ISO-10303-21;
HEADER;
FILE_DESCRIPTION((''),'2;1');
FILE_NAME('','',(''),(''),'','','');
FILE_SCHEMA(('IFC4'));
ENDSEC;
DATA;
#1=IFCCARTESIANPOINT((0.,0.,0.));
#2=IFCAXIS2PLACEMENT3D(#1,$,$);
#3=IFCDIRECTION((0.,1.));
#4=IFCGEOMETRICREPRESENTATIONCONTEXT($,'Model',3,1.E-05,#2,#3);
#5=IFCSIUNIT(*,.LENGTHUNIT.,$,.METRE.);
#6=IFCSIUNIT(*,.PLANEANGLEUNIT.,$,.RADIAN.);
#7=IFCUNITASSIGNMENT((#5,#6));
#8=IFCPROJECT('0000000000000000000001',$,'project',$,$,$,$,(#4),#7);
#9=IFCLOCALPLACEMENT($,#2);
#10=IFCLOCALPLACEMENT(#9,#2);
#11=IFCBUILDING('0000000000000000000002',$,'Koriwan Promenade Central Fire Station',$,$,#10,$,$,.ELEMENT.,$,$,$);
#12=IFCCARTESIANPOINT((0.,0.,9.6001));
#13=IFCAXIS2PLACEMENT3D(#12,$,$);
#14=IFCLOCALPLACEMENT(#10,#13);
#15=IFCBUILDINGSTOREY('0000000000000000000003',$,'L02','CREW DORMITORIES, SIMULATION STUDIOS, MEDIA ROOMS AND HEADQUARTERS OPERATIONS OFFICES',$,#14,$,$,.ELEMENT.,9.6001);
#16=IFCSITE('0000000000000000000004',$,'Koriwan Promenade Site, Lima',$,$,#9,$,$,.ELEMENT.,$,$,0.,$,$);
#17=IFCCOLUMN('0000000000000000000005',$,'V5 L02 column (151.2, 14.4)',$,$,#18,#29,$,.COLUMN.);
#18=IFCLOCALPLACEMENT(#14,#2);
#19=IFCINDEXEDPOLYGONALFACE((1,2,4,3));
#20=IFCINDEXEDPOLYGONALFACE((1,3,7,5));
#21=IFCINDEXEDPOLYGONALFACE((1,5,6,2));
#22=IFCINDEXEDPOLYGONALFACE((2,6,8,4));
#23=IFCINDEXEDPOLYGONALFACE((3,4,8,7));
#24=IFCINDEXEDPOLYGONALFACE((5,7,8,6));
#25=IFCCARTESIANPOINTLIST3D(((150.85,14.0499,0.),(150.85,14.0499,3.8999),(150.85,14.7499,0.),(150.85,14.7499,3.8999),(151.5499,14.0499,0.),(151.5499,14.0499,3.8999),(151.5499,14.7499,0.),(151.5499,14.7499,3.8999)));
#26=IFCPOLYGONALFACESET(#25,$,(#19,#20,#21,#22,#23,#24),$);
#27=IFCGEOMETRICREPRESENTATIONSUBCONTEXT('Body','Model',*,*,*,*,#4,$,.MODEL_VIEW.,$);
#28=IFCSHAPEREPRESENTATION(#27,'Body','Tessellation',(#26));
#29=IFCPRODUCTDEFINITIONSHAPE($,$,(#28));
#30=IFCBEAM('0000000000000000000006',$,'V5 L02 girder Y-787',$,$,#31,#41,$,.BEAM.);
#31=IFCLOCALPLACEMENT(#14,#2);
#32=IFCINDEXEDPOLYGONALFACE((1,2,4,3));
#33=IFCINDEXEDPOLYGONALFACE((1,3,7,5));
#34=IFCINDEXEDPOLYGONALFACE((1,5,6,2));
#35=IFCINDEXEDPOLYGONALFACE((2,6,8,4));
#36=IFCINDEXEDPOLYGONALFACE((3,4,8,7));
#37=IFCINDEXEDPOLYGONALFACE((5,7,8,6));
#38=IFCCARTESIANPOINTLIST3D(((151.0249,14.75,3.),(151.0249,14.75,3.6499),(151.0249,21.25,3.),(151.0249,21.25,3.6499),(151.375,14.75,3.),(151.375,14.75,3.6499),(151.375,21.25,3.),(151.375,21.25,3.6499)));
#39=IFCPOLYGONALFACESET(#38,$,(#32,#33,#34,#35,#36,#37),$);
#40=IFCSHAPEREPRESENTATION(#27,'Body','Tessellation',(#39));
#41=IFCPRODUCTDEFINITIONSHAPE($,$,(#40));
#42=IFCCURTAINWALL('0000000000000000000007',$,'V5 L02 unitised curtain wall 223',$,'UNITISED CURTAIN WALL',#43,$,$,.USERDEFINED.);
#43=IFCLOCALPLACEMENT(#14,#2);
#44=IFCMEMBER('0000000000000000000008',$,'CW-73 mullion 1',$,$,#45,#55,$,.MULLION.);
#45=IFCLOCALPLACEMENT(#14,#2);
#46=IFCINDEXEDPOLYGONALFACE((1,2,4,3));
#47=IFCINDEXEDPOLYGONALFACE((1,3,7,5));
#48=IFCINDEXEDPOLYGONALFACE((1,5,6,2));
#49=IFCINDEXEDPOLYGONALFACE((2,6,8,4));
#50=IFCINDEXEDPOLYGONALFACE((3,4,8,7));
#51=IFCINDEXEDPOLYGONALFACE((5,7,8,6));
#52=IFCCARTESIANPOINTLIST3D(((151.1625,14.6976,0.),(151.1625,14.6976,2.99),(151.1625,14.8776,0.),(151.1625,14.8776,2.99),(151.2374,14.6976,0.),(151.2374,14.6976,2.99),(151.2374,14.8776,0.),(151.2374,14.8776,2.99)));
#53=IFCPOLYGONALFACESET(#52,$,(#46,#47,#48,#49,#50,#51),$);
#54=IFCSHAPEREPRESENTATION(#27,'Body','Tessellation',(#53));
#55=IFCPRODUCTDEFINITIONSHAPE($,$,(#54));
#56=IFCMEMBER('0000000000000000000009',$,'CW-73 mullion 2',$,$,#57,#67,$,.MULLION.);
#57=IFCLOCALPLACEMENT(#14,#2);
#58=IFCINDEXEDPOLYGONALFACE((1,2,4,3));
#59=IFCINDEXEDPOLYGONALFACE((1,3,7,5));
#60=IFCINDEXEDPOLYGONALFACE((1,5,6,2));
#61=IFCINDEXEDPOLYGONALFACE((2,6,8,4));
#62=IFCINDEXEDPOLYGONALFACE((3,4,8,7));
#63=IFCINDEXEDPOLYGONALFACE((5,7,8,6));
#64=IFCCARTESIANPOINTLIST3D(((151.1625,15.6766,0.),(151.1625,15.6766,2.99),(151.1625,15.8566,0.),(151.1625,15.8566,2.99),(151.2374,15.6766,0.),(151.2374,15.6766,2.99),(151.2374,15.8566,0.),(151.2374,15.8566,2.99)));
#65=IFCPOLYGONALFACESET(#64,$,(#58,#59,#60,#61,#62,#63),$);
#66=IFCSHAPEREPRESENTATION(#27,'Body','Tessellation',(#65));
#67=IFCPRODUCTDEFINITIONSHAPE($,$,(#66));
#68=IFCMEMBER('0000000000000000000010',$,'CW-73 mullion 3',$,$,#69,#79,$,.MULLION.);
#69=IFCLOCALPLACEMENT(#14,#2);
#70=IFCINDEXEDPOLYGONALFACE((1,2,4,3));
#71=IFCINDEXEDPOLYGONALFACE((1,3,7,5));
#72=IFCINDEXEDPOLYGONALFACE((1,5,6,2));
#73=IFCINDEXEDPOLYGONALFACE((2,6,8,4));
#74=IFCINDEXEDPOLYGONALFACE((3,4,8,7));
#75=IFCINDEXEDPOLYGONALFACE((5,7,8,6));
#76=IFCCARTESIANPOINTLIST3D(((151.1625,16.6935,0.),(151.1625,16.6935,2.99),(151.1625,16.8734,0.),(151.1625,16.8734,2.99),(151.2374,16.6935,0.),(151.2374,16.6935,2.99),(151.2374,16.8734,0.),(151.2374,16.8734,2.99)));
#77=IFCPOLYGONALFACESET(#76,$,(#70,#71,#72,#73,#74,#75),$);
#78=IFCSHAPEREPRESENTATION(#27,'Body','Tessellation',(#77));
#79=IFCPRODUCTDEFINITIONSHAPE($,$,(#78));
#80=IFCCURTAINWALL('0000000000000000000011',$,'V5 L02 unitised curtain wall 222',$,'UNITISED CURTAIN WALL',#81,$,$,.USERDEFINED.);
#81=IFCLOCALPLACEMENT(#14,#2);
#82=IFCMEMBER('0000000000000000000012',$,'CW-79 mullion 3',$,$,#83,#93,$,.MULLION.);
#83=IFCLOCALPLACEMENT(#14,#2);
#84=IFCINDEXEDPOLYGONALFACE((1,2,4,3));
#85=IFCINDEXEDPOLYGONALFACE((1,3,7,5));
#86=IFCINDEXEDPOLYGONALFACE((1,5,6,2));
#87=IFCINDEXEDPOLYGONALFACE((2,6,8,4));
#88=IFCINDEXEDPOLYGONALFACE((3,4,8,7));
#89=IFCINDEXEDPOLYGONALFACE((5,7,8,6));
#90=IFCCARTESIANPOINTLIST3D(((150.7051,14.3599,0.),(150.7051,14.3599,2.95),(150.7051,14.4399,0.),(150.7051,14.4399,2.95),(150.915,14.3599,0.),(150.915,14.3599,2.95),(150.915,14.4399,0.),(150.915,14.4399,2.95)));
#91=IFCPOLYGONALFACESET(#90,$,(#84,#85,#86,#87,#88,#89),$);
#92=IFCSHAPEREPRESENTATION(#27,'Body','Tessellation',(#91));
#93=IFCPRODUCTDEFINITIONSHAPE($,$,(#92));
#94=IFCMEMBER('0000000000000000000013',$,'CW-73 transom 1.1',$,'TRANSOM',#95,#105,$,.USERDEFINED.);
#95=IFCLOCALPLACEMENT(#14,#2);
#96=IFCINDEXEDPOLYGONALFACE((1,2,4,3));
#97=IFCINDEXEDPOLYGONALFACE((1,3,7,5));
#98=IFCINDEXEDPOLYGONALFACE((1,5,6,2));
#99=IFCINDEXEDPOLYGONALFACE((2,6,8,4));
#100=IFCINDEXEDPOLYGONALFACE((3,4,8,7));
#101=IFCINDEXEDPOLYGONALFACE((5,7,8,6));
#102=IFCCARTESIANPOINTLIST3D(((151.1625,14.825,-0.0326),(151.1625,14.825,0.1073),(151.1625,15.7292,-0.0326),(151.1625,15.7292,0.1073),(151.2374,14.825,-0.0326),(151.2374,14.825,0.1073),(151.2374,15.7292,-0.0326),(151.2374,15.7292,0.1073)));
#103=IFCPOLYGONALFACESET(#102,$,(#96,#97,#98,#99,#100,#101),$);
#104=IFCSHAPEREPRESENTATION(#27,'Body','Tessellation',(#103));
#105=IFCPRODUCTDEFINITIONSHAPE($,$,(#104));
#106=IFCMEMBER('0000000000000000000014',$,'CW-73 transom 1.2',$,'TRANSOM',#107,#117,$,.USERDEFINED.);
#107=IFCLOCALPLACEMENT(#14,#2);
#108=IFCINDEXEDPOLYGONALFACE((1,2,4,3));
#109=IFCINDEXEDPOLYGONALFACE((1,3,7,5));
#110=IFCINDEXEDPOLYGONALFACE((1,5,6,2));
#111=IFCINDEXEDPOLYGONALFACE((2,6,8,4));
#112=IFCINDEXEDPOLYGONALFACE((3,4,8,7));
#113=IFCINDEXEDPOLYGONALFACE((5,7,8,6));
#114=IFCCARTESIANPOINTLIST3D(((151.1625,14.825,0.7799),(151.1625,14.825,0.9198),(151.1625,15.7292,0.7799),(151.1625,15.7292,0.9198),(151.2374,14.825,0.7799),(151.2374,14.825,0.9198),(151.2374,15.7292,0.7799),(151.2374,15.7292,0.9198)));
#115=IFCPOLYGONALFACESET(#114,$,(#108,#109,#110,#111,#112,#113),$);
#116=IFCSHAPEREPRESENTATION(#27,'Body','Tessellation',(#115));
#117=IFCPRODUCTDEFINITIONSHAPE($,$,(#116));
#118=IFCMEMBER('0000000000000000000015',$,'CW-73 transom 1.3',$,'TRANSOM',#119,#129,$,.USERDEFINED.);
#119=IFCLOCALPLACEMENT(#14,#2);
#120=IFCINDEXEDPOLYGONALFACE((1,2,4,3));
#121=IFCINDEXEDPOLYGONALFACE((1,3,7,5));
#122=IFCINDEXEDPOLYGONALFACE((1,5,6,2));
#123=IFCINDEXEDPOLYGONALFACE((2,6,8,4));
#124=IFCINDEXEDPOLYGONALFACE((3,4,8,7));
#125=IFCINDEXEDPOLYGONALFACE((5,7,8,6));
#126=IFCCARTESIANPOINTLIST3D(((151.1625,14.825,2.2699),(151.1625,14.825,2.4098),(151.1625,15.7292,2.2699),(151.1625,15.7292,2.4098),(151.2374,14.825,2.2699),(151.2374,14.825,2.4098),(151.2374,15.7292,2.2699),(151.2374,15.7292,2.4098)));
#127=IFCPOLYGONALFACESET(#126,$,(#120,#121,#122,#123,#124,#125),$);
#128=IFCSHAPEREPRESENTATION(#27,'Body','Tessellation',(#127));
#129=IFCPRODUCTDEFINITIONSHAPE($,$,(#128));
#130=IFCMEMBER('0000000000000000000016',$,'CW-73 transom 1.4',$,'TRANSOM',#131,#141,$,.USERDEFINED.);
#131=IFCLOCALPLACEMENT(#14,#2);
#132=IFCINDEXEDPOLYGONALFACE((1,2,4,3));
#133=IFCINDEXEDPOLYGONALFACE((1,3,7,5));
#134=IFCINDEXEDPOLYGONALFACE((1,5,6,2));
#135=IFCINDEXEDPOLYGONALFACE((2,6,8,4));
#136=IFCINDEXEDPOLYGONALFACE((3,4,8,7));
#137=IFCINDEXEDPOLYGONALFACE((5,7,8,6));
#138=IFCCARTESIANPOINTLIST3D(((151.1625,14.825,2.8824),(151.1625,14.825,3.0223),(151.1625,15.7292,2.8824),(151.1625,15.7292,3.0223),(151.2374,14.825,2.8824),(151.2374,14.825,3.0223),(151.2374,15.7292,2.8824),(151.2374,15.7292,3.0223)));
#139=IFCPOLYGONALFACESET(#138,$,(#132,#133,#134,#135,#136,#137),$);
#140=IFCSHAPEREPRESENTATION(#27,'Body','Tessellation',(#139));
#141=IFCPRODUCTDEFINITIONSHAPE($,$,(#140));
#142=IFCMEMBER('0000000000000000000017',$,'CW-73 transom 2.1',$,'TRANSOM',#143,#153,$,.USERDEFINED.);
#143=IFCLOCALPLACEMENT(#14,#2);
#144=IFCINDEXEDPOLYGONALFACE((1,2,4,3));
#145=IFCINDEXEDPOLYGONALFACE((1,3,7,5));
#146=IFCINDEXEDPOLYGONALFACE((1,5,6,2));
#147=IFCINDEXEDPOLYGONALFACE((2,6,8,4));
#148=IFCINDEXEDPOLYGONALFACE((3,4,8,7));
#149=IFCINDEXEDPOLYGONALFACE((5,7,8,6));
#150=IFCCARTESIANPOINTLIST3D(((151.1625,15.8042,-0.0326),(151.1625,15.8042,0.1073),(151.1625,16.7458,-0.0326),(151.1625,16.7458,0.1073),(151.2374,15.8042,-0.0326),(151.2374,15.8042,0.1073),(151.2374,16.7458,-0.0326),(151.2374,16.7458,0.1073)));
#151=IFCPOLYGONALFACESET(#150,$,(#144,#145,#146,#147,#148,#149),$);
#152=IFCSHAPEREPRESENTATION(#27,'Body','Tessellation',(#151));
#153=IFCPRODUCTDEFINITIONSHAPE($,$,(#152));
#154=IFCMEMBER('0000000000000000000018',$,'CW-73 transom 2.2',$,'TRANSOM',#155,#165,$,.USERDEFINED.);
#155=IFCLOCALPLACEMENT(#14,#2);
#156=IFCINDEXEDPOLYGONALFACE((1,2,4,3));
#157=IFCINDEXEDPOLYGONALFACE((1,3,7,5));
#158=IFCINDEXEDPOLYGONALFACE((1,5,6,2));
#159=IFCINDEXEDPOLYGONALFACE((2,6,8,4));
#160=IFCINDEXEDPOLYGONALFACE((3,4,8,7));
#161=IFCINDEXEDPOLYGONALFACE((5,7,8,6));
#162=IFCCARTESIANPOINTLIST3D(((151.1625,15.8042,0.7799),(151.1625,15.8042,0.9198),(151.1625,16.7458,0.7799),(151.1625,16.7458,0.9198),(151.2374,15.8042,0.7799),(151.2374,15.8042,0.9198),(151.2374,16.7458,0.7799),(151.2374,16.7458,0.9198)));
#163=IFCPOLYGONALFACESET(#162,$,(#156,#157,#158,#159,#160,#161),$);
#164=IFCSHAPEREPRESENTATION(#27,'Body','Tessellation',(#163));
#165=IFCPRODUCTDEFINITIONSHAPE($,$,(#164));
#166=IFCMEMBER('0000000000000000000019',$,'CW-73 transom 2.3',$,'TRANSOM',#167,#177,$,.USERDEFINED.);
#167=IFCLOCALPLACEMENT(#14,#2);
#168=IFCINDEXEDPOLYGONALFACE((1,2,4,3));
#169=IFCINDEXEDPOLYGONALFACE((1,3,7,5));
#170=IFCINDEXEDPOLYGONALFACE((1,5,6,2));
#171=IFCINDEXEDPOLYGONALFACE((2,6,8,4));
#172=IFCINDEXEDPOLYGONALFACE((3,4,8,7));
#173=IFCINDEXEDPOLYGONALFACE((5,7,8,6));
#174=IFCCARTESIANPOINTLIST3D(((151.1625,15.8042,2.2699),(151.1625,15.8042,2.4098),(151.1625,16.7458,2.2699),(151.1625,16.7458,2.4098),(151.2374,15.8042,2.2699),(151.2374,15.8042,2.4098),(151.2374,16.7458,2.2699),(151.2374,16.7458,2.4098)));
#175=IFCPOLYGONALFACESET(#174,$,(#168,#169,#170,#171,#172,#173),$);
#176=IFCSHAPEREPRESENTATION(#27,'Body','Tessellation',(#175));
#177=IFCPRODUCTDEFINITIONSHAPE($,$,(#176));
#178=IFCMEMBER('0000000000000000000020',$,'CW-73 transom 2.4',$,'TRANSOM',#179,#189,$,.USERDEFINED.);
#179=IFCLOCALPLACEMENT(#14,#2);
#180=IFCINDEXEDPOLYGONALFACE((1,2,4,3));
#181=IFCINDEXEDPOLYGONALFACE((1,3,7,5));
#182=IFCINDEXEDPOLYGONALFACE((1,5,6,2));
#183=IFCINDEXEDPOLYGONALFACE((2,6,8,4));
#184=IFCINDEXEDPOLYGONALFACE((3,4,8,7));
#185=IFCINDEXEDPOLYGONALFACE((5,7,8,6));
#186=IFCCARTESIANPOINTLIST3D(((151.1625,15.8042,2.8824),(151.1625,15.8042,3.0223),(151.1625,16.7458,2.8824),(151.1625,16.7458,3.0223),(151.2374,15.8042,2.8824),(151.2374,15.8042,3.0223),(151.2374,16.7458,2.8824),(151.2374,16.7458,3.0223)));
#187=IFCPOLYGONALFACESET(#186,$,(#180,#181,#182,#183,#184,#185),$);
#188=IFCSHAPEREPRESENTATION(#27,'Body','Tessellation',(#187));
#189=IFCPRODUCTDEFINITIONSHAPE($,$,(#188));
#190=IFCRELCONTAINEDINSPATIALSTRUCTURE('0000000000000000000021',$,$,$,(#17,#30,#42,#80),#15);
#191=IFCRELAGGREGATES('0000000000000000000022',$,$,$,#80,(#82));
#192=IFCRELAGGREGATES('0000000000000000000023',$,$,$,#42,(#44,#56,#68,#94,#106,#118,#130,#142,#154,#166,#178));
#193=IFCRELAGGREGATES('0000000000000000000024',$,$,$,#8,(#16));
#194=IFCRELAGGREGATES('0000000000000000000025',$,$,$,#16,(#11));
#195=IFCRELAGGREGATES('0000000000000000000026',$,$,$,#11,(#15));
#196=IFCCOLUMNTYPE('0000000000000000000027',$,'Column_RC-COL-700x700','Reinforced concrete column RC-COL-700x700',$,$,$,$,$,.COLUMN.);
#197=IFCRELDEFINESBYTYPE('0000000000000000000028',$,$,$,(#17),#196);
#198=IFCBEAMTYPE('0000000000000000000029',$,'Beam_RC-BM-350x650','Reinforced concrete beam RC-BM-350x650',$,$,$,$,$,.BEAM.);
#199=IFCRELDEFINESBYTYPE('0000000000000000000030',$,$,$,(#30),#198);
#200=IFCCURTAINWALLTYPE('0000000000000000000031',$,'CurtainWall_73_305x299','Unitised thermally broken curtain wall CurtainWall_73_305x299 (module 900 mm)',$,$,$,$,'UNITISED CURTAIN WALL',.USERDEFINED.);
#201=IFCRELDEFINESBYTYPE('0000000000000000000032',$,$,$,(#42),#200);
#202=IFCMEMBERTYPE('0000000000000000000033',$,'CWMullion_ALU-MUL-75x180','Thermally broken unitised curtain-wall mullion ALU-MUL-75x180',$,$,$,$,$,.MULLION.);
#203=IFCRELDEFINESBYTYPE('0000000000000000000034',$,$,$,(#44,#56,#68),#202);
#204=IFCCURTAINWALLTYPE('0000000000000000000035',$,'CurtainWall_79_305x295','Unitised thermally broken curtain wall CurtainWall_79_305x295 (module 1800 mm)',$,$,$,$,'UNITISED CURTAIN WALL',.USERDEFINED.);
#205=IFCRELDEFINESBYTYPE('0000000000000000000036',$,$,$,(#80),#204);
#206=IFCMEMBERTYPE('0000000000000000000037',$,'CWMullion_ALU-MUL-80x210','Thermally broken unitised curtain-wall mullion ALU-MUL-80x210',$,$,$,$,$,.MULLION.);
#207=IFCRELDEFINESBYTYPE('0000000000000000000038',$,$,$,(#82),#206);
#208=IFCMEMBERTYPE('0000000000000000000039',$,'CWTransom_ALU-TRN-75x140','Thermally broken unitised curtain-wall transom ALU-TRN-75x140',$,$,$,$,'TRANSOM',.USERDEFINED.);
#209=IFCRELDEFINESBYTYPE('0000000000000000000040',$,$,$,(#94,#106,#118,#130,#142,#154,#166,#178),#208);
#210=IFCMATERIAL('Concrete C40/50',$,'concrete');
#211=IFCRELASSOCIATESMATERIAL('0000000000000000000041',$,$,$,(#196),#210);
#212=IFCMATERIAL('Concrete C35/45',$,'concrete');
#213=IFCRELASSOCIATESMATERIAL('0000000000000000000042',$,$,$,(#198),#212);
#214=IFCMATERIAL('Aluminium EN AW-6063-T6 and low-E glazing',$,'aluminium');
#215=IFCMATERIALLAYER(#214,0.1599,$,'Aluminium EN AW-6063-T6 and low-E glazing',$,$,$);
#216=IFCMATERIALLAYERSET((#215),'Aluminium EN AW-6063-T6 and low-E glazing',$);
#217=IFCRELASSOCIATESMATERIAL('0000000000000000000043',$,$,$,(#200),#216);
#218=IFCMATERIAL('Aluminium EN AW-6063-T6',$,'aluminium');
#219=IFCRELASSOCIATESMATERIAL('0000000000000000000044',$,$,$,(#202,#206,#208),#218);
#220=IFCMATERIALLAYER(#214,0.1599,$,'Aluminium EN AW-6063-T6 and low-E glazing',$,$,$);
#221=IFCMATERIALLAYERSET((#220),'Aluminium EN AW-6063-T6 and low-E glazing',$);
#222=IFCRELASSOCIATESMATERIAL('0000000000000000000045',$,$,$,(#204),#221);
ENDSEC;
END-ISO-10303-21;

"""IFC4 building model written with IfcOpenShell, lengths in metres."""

from ifc_helpers import new_model, si_unit, direction, frame, origin, origin_2d, place, context, subcontext, project, spatial, rectangle, extrude, material, layer, layer_set, material_profile, profile_set, type_object, element, aggregate, save


model = new_model("IFC4")

# Units and contexts
model_context = context("Model", 3, precision=1e-05, world=origin(), true_north=direction((0.0, 1.0)))
body_context = subcontext(model_context, "Body", "Model", "MODEL_VIEW")
ifc_project = project(units=[si_unit("LENGTHUNIT", "METRE"), si_unit("PLANEANGLEUNIT", "RADIAN")], contexts=[model_context])

# Site, building, storey
site_placement = place(None, origin())
site = spatial("IfcSite", under=ifc_project, at=site_placement, Name="Koriwan Promenade Site, Lima", CompositionType="ELEMENT", RefElevation=0.0)
building_placement = place(site_placement, origin())
building = spatial("IfcBuilding", under=site, at=building_placement, Name="Koriwan Promenade Central Fire Station", CompositionType="ELEMENT")
storey_placement = place(building_placement, frame((0.0, 0.0, 9.6001)))
storey = spatial("IfcBuildingStorey", under=building, at=storey_placement, Name="L02", Description="CREW DORMITORIES, SIMULATION STUDIOS, MEDIA ROOMS AND HEADQUARTERS OPERATIONS OFFICES", CompositionType="ELEMENT", Elevation=9.6001)

# Column
ifc_material_1 = material(Name="Concrete C40/50", Category="concrete")
ifc_material_profile_1 = material_profile(ifc_material_1, rectangle(XDim=0.7, YDim=0.7, at=origin_2d()), Name="RC-COL-700x700")
ifc_profile_set_1 = profile_set([ifc_material_profile_1], Name="Concrete C40/50")
column_type = type_object("IfcColumnType", Name="Column_RC-COL-700x700", Description="Reinforced concrete column RC-COL-700x700", PredefinedType="COLUMN", material=ifc_profile_set_1)
column_placement = place(storey_placement, frame((151.2, 14.3999, 0.0), z_axis=(0.0, 0.0, 1.0), x_axis=(1.0, 0.0, 0.0)))
element("IfcColumn", 1, at=column_placement, inside=storey, type_object=column_type, Name="V5 L02 column (151.2, 14.4)", PredefinedType="COLUMN", context=body_context, shape_type="SweptSolid", body=[
    extrude(rectangle(XDim=0.7, YDim=0.7, at=origin_2d()), origin(), (0.0, 0.0, 1.0), 3.8999),
])

# Beam
ifc_material_2 = material(Name="Concrete C35/45", Category="concrete")
ifc_material_profile_2 = material_profile(ifc_material_2, rectangle(XDim=0.3501, YDim=0.6499, at=origin_2d()), Name="RC-BM-350x650")
ifc_profile_set_2 = profile_set([ifc_material_profile_2], Name="Concrete C35/45")
beam_type = type_object("IfcBeamType", Name="Beam_RC-BM-350x650", Description="Reinforced concrete beam RC-BM-350x650", PredefinedType="BEAM", material=ifc_profile_set_2)
beam_placement = place(storey_placement, frame((151.2, 14.75, 3.325), z_axis=(0.0, 1.0, 0.0), x_axis=(-1.0, 0.0, 0.0)))
element("IfcBeam", 2, at=beam_placement, inside=storey, type_object=beam_type, Name="V5 L02 girder Y-787", PredefinedType="BEAM", context=body_context, shape_type="SweptSolid", body=[
    extrude(rectangle(XDim=0.3501, YDim=0.6499, at=origin_2d()), origin(), (0.0, 0.0, 1.0), 6.5),
])

# Curtain wall, members
ifc_material_3 = material(Name="Aluminium EN AW-6063-T6 and low-E glazing", Category="aluminium")
ifc_layer_1 = layer(ifc_material_3, 0.1599, Name="Aluminium EN AW-6063-T6 and low-E glazing")
ifc_layer_set_1 = layer_set([ifc_layer_1], Name="Aluminium EN AW-6063-T6 and low-E glazing")
curtain_wall_type_1 = type_object("IfcCurtainWallType", Name="CurtainWall_73_305x299", Description="Unitised thermally broken curtain wall CurtainWall_73_305x299 (module 900 mm)", ElementType="UNITISED CURTAIN WALL", PredefinedType="USERDEFINED", material=ifc_layer_set_1)
curtain_wall_1_placement = place(storey_placement, origin())
curtain_wall_1 = element("IfcCurtainWall", 3, at=curtain_wall_1_placement, inside=storey, type_object=curtain_wall_type_1, Name="V5 L02 unitised curtain wall 223", ObjectType="UNITISED CURTAIN WALL", PredefinedType="USERDEFINED")
ifc_material_4 = material(Name="Aluminium EN AW-6063-T6", Category="aluminium")
ifc_material_profile_3 = material_profile(ifc_material_4, rectangle(XDim=0.075, YDim=0.1799, at=origin_2d()), Name="ALU-MUL-75x180")
ifc_profile_set_3 = profile_set([ifc_material_profile_3], Name="Aluminium EN AW-6063-T6")
member_type_1 = type_object("IfcMemberType", Name="CWMullion_ALU-MUL-75x180", Description="Thermally broken unitised curtain-wall mullion ALU-MUL-75x180", PredefinedType="MULLION", material=ifc_profile_set_3)
member_1_placement = place(storey_placement, frame((151.2, 14.7876, 0.0), z_axis=(0.0, 0.0, 1.0), x_axis=(-1.0, 0.0, 0.0)))
member_1 = element("IfcMember", 4, at=member_1_placement, type_object=member_type_1, Name="CW-73 mullion 1", PredefinedType="MULLION", context=body_context, shape_type="SweptSolid", body=[
    extrude(rectangle(XDim=0.075, YDim=0.1799, at=origin_2d()), origin(), (0.0, 0.0, 1.0), 2.99),
])
member_2_placement = place(storey_placement, frame((151.2, 15.7666, 0.0), z_axis=(0.0, 0.0, 1.0), x_axis=(-1.0, 0.0, 0.0)))
member_2 = element("IfcMember", 5, at=member_2_placement, type_object=member_type_1, Name="CW-73 mullion 2", PredefinedType="MULLION", context=body_context, shape_type="SweptSolid", body=[
    extrude(rectangle(XDim=0.075, YDim=0.1799, at=origin_2d()), origin(), (0.0, 0.0, 1.0), 2.99),
])
member_3_placement = place(storey_placement, frame((151.2, 16.7834, 0.0), z_axis=(0.0, 0.0, 1.0), x_axis=(-1.0, 0.0, 0.0)))
member_3 = element("IfcMember", 6, at=member_3_placement, type_object=member_type_1, Name="CW-73 mullion 3", PredefinedType="MULLION", context=body_context, shape_type="SweptSolid", body=[
    extrude(rectangle(XDim=0.075, YDim=0.1799, at=origin_2d()), origin(), (0.0, 0.0, 1.0), 2.99),
])

# Curtain wall, member
ifc_layer_2 = layer(ifc_material_3, 0.1599, Name="Aluminium EN AW-6063-T6 and low-E glazing")
ifc_layer_set_2 = layer_set([ifc_layer_2], Name="Aluminium EN AW-6063-T6 and low-E glazing")
curtain_wall_type_2 = type_object("IfcCurtainWallType", Name="CurtainWall_79_305x295", Description="Unitised thermally broken curtain wall CurtainWall_79_305x295 (module 1800 mm)", ElementType="UNITISED CURTAIN WALL", PredefinedType="USERDEFINED", material=ifc_layer_set_2)
curtain_wall_2_placement = place(storey_placement, origin())
curtain_wall_2 = element("IfcCurtainWall", 7, at=curtain_wall_2_placement, inside=storey, type_object=curtain_wall_type_2, Name="V5 L02 unitised curtain wall 222", ObjectType="UNITISED CURTAIN WALL", PredefinedType="USERDEFINED")
ifc_material_profile_4 = material_profile(ifc_material_4, rectangle(XDim=0.0801, YDim=0.21, at=origin_2d()), Name="ALU-MUL-80x210")
ifc_profile_set_4 = profile_set([ifc_material_profile_4], Name="Aluminium EN AW-6063-T6")
member_type_2 = type_object("IfcMemberType", Name="CWMullion_ALU-MUL-80x210", Description="Thermally broken unitised curtain-wall mullion ALU-MUL-80x210", PredefinedType="MULLION", material=ifc_profile_set_4)
member_4_placement = place(storey_placement, frame((150.8101, 14.3999, 0.0), z_axis=(0.0, 0.0, 1.0), x_axis=(0.0, 1.0, 0.0)))
member_4 = element("IfcMember", 8, at=member_4_placement, type_object=member_type_2, Name="CW-79 mullion 3", PredefinedType="MULLION", context=body_context, shape_type="SweptSolid", body=[
    extrude(rectangle(XDim=0.0801, YDim=0.21, at=origin_2d()), origin(), (0.0, 0.0, 1.0), 2.95),
])

# Members
ifc_material_profile_5 = material_profile(ifc_material_4, rectangle(XDim=0.075, YDim=0.1399, at=origin_2d()), Name="ALU-TRN-75x140")
ifc_profile_set_5 = profile_set([ifc_material_profile_5], Name="Aluminium EN AW-6063-T6")
member_type_3 = type_object("IfcMemberType", Name="CWTransom_ALU-TRN-75x140", Description="Thermally broken unitised curtain-wall transom ALU-TRN-75x140", ElementType="TRANSOM", PredefinedType="USERDEFINED", material=ifc_profile_set_5)
member_5_placement = place(storey_placement, frame((151.2, 14.825, 0.0374), z_axis=(0.0, 1.0, 0.0), x_axis=(-1.0, 0.0, 0.0)))
member_5 = element("IfcMember", 9, at=member_5_placement, type_object=member_type_3, Name="CW-73 transom 1.1", ObjectType="TRANSOM", PredefinedType="USERDEFINED", context=body_context, shape_type="SweptSolid", body=[
    extrude(rectangle(XDim=0.075, YDim=0.1399, at=origin_2d()), origin(), (0.0, 0.0, 1.0), 0.9043),
])
member_6_placement = place(storey_placement, frame((151.2, 14.825, 0.8499), z_axis=(0.0, 1.0, 0.0), x_axis=(-1.0, 0.0, 0.0)))
member_6 = element("IfcMember", 10, at=member_6_placement, type_object=member_type_3, Name="CW-73 transom 1.2", ObjectType="TRANSOM", PredefinedType="USERDEFINED", context=body_context, shape_type="SweptSolid", body=[
    extrude(rectangle(XDim=0.075, YDim=0.1399, at=origin_2d()), origin(), (0.0, 0.0, 1.0), 0.9043),
])
member_7_placement = place(storey_placement, frame((151.2, 14.825, 2.3398), z_axis=(0.0, 1.0, 0.0), x_axis=(-1.0, 0.0, 0.0)))
member_7 = element("IfcMember", 11, at=member_7_placement, type_object=member_type_3, Name="CW-73 transom 1.3", ObjectType="TRANSOM", PredefinedType="USERDEFINED", context=body_context, shape_type="SweptSolid", body=[
    extrude(rectangle(XDim=0.075, YDim=0.1399, at=origin_2d()), origin(), (0.0, 0.0, 1.0), 0.9043),
])
member_8_placement = place(storey_placement, frame((151.2, 14.825, 2.9524), z_axis=(0.0, 1.0, 0.0), x_axis=(-1.0, 0.0, 0.0)))
member_8 = element("IfcMember", 12, at=member_8_placement, type_object=member_type_3, Name="CW-73 transom 1.4", ObjectType="TRANSOM", PredefinedType="USERDEFINED", context=body_context, shape_type="SweptSolid", body=[
    extrude(rectangle(XDim=0.075, YDim=0.1399, at=origin_2d()), origin(), (0.0, 0.0, 1.0), 0.9043),
])
member_9_placement = place(storey_placement, frame((151.2, 15.8042, 0.0374), z_axis=(0.0, 1.0, 0.0), x_axis=(-1.0, 0.0, 0.0)))
member_9 = element("IfcMember", 13, at=member_9_placement, type_object=member_type_3, Name="CW-73 transom 2.1", ObjectType="TRANSOM", PredefinedType="USERDEFINED", context=body_context, shape_type="SweptSolid", body=[
    extrude(rectangle(XDim=0.075, YDim=0.1399, at=origin_2d()), origin(), (0.0, 0.0, 1.0), 0.9417),
])
member_10_placement = place(storey_placement, frame((151.2, 15.8042, 0.8499), z_axis=(0.0, 1.0, 0.0), x_axis=(-1.0, 0.0, 0.0)))
member_10 = element("IfcMember", 14, at=member_10_placement, type_object=member_type_3, Name="CW-73 transom 2.2", ObjectType="TRANSOM", PredefinedType="USERDEFINED", context=body_context, shape_type="SweptSolid", body=[
    extrude(rectangle(XDim=0.075, YDim=0.1399, at=origin_2d()), origin(), (0.0, 0.0, 1.0), 0.9417),
])
member_11_placement = place(storey_placement, frame((151.2, 15.8042, 2.3398), z_axis=(0.0, 1.0, 0.0), x_axis=(-1.0, 0.0, 0.0)))
member_11 = element("IfcMember", 15, at=member_11_placement, type_object=member_type_3, Name="CW-73 transom 2.3", ObjectType="TRANSOM", PredefinedType="USERDEFINED", context=body_context, shape_type="SweptSolid", body=[
    extrude(rectangle(XDim=0.075, YDim=0.1399, at=origin_2d()), origin(), (0.0, 0.0, 1.0), 0.9417),
])
member_12_placement = place(storey_placement, frame((151.2, 15.8042, 2.9524), z_axis=(0.0, 1.0, 0.0), x_axis=(-1.0, 0.0, 0.0)))
member_12 = element("IfcMember", 16, at=member_12_placement, type_object=member_type_3, Name="CW-73 transom 2.4", ObjectType="TRANSOM", PredefinedType="USERDEFINED", context=body_context, shape_type="SweptSolid", body=[
    extrude(rectangle(XDim=0.075, YDim=0.1399, at=origin_2d()), origin(), (0.0, 0.0, 1.0), 0.9417),
])

aggregate(curtain_wall_2, [member_4])
aggregate(curtain_wall_1, [member_1, member_2, member_3, member_5, member_6, member_7, member_8, member_9, member_10, member_11, member_12])

save(model, "model.ifc")
